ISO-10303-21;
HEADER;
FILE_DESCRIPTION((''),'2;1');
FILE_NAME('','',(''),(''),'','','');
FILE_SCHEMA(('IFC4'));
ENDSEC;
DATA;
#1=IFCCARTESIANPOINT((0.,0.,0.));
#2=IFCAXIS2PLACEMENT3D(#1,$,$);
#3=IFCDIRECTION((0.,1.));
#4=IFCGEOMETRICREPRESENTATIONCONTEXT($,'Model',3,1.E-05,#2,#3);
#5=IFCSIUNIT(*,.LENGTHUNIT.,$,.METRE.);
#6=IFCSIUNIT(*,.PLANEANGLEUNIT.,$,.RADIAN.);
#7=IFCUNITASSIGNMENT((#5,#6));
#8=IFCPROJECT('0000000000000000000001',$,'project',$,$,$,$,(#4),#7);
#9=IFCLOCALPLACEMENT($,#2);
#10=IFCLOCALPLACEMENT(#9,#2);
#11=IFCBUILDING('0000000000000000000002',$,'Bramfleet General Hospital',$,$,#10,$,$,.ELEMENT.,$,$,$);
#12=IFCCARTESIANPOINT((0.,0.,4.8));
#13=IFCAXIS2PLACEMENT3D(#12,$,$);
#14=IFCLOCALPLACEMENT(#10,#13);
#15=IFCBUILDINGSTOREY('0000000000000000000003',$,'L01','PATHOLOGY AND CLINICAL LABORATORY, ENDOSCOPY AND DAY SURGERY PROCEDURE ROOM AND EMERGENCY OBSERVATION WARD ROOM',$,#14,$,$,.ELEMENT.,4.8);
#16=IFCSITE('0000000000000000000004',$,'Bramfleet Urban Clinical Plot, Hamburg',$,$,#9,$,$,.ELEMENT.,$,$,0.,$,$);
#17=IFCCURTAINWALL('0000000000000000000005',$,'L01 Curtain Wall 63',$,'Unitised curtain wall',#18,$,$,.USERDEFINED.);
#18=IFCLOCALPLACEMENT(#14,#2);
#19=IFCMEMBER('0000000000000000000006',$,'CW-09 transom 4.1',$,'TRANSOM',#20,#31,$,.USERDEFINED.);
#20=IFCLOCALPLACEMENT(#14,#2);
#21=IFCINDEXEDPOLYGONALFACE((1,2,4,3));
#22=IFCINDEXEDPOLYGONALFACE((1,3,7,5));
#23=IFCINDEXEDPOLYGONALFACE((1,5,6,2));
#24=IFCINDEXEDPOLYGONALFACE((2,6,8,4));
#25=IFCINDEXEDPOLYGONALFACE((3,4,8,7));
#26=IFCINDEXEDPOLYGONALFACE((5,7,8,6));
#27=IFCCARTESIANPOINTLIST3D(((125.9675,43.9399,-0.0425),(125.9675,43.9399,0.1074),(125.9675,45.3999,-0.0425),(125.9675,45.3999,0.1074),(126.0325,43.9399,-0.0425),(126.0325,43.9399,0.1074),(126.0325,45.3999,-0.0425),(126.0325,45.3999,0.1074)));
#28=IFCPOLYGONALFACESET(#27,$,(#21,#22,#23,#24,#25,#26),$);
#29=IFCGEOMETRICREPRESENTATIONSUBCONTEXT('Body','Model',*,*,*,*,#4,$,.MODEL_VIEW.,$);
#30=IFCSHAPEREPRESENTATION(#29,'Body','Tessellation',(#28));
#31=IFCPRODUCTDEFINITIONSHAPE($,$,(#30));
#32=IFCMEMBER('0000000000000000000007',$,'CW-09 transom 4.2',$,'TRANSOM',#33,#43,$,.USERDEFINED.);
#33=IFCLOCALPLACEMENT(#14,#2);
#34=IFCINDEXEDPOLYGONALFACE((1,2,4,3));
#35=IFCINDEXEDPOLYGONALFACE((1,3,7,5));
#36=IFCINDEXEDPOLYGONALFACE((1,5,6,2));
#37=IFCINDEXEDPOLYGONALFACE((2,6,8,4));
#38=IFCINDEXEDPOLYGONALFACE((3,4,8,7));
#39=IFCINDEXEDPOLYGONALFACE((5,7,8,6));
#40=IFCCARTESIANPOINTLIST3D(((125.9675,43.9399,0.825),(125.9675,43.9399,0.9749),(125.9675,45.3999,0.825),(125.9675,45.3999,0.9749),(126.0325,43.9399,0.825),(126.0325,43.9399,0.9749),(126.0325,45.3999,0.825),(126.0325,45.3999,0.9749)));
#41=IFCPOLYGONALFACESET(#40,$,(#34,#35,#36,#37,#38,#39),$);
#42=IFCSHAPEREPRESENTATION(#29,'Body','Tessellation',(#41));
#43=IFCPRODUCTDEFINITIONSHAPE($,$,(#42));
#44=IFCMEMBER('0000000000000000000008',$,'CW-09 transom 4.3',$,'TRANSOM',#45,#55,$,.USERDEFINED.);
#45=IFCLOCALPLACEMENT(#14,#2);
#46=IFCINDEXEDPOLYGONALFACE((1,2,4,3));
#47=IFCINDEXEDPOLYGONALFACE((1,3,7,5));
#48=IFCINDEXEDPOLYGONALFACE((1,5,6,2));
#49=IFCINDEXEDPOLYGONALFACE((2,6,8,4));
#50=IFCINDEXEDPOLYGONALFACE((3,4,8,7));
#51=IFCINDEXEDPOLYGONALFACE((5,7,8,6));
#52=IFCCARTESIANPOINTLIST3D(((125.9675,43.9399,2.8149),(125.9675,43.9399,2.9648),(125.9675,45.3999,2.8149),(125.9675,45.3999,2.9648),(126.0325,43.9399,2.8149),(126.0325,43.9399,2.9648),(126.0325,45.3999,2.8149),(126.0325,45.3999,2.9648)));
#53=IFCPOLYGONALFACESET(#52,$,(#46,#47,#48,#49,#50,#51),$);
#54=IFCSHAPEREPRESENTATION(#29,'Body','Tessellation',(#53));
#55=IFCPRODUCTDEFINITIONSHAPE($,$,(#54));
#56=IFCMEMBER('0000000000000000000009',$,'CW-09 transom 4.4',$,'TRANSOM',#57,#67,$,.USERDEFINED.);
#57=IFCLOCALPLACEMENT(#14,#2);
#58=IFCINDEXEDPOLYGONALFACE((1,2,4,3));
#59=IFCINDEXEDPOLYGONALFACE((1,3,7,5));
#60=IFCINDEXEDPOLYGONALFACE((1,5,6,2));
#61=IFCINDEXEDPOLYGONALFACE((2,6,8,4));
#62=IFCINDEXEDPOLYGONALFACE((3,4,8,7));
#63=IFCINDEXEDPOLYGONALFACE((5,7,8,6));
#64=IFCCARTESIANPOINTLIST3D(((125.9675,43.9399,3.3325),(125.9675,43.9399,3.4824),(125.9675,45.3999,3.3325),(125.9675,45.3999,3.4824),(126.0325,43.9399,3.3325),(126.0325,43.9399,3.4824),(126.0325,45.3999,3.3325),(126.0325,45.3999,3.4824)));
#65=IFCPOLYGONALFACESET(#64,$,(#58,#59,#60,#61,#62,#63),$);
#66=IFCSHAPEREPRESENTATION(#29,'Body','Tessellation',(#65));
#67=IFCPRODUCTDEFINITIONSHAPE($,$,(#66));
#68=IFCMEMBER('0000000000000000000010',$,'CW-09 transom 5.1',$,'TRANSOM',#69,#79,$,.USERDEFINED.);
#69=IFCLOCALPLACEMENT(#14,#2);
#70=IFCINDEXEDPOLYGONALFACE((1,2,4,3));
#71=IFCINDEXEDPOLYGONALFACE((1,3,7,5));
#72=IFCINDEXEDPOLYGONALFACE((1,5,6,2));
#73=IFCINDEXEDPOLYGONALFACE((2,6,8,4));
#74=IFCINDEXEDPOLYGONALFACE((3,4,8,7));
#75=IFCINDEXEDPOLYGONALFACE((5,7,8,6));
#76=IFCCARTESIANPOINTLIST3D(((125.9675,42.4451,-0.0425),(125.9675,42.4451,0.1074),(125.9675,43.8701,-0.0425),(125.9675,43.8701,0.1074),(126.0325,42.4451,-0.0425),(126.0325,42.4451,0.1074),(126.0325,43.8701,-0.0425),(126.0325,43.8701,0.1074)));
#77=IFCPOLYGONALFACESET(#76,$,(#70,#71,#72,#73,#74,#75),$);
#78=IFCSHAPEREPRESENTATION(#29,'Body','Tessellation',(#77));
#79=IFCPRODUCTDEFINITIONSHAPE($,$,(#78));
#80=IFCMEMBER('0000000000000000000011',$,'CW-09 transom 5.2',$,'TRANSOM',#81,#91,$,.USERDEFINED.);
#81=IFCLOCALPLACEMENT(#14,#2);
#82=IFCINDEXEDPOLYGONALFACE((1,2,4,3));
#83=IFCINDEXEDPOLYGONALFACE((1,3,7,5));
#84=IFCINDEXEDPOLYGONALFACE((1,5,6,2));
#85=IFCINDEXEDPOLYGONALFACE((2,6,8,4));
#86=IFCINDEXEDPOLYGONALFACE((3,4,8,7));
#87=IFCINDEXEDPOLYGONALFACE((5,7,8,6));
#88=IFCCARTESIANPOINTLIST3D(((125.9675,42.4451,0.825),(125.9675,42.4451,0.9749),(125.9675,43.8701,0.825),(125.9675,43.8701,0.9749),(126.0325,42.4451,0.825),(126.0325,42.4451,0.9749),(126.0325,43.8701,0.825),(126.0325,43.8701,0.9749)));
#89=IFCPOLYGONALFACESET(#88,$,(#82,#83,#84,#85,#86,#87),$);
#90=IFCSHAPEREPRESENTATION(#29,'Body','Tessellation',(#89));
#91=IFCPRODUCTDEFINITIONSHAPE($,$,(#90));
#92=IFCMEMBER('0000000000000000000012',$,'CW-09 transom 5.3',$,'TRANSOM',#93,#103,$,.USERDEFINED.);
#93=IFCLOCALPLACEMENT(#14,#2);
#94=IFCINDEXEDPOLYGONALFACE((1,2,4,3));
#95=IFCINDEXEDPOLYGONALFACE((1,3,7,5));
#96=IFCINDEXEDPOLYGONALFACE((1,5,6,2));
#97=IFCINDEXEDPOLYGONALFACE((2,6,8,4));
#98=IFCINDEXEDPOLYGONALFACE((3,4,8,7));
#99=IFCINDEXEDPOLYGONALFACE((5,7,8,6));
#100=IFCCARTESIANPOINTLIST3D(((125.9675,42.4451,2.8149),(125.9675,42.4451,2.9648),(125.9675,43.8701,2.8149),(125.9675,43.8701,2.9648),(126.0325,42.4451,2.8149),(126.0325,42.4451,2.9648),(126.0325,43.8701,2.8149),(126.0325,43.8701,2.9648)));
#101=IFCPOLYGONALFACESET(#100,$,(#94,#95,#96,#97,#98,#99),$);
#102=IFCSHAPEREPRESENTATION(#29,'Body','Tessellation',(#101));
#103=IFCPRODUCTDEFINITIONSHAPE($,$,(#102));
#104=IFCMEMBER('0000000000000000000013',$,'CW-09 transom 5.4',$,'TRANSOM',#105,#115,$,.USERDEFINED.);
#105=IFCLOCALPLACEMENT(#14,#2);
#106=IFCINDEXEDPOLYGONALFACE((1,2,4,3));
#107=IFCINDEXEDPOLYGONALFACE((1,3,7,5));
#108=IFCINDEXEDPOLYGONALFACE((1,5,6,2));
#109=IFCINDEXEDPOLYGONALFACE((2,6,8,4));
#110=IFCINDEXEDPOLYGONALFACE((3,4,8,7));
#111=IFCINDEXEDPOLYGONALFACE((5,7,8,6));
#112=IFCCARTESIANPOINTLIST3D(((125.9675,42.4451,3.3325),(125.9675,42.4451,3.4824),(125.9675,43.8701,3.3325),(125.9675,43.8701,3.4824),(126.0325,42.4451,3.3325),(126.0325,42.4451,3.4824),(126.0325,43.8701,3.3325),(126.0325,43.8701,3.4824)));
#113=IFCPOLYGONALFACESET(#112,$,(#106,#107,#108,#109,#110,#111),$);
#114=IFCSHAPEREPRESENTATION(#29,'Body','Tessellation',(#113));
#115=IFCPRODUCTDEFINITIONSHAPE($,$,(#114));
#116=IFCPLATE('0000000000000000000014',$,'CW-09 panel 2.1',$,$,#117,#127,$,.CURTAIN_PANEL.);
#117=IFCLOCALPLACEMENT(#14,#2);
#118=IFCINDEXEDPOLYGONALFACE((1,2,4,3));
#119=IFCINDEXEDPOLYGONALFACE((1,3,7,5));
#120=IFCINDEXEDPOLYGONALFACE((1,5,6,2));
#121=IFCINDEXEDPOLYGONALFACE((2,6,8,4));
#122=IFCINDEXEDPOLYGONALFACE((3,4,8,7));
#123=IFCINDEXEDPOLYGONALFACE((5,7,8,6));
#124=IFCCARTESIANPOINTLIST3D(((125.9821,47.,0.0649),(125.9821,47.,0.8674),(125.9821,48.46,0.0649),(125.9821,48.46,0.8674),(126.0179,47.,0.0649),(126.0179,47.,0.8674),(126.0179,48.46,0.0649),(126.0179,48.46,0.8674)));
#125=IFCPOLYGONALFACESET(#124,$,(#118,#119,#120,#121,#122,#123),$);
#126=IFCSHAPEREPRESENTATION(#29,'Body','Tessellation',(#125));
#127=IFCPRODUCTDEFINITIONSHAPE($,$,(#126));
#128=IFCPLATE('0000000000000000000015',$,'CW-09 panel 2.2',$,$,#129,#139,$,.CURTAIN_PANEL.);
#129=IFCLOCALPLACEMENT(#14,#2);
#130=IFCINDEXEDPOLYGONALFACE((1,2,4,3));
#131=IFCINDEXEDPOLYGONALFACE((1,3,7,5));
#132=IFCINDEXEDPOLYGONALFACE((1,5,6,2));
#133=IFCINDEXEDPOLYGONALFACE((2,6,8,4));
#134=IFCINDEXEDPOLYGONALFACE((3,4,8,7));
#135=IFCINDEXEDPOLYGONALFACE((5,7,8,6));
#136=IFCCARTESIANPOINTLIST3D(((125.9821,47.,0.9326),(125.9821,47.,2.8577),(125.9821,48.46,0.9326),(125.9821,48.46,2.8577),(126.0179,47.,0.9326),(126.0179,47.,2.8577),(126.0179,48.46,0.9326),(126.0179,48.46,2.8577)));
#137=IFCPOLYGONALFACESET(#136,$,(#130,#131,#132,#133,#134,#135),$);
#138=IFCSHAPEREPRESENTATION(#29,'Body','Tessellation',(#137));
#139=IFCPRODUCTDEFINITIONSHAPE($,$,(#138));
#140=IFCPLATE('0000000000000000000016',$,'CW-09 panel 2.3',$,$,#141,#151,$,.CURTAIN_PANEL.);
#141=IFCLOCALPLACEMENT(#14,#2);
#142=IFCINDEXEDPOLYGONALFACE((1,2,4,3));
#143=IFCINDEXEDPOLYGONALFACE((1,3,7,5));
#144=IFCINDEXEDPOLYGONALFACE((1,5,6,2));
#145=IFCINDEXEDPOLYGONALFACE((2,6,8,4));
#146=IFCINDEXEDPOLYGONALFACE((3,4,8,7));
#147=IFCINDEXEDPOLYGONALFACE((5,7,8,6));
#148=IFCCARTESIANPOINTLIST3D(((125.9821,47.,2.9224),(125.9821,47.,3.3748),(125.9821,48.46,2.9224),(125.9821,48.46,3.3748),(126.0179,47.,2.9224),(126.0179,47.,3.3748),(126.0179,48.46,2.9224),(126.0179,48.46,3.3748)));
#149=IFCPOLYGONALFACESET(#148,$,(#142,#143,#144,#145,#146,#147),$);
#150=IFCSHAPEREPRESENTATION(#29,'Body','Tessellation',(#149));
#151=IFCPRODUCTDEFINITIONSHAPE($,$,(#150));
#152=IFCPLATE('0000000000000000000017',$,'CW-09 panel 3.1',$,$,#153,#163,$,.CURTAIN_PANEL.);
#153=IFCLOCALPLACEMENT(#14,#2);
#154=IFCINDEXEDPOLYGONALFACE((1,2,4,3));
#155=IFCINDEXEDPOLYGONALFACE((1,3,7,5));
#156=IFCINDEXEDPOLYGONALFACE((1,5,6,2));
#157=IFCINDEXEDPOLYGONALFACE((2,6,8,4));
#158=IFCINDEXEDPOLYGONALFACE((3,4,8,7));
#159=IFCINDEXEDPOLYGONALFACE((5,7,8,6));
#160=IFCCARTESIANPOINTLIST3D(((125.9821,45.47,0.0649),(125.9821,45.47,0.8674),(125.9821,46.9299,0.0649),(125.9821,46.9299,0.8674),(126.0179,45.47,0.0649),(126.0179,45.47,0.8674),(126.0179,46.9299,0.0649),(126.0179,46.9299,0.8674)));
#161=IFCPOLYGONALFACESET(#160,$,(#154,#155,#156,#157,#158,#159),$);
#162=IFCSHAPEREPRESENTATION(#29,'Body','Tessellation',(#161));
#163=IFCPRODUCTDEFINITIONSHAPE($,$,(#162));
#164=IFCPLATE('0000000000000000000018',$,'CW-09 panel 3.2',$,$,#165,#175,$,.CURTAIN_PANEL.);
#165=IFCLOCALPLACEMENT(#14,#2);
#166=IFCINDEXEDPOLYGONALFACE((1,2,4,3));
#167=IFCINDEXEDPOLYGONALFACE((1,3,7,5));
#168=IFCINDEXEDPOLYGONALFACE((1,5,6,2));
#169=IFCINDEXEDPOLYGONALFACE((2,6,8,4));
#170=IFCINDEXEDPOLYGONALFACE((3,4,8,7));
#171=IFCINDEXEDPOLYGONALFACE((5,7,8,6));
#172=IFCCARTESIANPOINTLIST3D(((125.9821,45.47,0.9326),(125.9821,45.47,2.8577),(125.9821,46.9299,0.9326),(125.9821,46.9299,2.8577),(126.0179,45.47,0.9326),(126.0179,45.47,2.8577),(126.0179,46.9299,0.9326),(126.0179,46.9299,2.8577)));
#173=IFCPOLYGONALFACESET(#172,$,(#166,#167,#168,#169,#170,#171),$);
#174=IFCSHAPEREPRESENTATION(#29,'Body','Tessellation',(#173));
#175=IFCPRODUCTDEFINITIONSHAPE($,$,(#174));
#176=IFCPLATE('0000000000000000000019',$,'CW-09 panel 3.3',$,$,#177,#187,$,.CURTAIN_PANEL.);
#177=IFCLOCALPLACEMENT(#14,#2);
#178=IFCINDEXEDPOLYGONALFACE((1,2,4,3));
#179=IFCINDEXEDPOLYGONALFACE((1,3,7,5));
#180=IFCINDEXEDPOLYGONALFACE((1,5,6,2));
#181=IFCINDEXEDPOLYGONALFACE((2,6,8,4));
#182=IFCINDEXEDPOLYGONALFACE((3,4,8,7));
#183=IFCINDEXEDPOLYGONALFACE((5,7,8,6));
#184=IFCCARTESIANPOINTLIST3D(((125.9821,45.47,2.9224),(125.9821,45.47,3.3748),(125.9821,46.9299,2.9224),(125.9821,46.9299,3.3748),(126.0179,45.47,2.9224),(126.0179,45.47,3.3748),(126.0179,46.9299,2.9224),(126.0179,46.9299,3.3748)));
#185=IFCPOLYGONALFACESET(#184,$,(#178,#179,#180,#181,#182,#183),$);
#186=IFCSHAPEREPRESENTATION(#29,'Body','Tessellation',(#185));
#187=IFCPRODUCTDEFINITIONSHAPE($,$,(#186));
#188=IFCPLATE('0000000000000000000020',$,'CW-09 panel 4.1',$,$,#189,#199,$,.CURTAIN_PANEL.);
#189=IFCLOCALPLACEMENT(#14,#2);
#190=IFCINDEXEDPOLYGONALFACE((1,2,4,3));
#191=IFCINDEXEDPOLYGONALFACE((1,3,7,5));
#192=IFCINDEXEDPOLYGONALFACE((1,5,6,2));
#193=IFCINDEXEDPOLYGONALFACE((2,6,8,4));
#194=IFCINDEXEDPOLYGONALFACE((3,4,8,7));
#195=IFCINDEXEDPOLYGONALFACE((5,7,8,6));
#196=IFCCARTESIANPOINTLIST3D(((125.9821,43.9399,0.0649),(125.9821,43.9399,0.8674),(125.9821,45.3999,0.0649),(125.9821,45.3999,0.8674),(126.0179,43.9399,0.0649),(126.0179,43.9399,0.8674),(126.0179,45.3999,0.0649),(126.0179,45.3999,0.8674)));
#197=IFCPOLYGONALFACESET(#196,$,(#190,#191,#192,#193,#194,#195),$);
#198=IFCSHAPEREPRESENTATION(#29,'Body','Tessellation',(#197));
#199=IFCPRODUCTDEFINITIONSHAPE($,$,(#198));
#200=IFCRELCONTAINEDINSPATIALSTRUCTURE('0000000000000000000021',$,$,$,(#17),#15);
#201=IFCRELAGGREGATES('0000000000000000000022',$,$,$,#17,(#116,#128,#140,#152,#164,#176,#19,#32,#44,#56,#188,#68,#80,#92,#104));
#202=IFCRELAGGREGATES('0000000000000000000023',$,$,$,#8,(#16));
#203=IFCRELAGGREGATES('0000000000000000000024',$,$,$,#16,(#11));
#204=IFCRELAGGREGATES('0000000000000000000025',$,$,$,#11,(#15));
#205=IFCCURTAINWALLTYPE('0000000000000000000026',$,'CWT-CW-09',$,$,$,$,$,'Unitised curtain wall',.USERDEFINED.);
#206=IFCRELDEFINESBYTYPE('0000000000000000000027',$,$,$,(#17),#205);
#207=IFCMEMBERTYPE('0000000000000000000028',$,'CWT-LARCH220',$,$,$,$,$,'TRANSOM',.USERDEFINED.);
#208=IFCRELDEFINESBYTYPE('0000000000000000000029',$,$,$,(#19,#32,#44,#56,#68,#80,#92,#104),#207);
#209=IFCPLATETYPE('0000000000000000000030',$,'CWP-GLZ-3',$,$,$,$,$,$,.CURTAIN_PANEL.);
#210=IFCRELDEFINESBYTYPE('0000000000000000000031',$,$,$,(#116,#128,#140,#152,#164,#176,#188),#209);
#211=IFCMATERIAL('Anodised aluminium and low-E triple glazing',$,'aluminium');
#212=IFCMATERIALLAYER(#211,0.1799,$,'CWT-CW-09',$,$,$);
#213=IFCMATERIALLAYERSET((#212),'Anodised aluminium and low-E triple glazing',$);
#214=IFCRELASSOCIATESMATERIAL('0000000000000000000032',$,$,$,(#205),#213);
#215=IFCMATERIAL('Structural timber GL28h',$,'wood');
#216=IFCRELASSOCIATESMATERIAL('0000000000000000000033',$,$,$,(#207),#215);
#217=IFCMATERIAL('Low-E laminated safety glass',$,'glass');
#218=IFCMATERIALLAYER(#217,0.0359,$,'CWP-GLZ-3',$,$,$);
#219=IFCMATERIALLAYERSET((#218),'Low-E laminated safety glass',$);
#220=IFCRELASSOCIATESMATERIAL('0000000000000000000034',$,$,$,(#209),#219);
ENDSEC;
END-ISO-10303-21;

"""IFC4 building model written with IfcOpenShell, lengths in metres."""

from ifc_helpers import new_model, si_unit, direction, frame, origin, origin_2d, place, context, subcontext, project, spatial, rectangle, extrude, material, layer, layer_set, material_profile, profile_set, type_object, element, aggregate, save


model = new_model("IFC4")

# Units and contexts
model_context = context("Model", 3, precision=1e-05, world=origin(), true_north=direction((0.0, 1.0)))
body_context = subcontext(model_context, "Body", "Model", "MODEL_VIEW")
ifc_project = project(units=[si_unit("LENGTHUNIT", "METRE"), si_unit("PLANEANGLEUNIT", "RADIAN")], contexts=[model_context])

# Site, building, storey
site_placement = place(None, origin())
site = spatial("IfcSite", under=ifc_project, at=site_placement, Name="Bramfleet Urban Clinical Plot, Hamburg", CompositionType="ELEMENT", RefElevation=0.0)
building_placement = place(site_placement, origin())
building = spatial("IfcBuilding", under=site, at=building_placement, Name="Bramfleet General Hospital", CompositionType="ELEMENT")
storey_placement = place(building_placement, frame((0.0, 0.0, 4.8)))
storey = spatial("IfcBuildingStorey", under=building, at=storey_placement, Name="L01", Description="PATHOLOGY AND CLINICAL LABORATORY, ENDOSCOPY AND DAY SURGERY PROCEDURE ROOM AND EMERGENCY OBSERVATION WARD ROOM", CompositionType="ELEMENT", Elevation=4.8)

# Curtain wall, members, plates
ifc_material_1 = material(Name="Anodised aluminium and low-E triple glazing", Category="aluminium")
ifc_layer_1 = layer(ifc_material_1, 0.1799, Name="CWT-CW-09")
ifc_layer_set_1 = layer_set([ifc_layer_1], Name="Anodised aluminium and low-E triple glazing")
curtain_wall_type = type_object("IfcCurtainWallType", Name="CWT-CW-09", ElementType="Unitised curtain wall", PredefinedType="USERDEFINED", material=ifc_layer_set_1)
curtain_wall_placement = place(storey_placement, origin())
curtain_wall = element("IfcCurtainWall", 1, at=curtain_wall_placement, inside=storey, type_object=curtain_wall_type, Name="L01 Curtain Wall 63", ObjectType="Unitised curtain wall", PredefinedType="USERDEFINED")
ifc_material_2 = material(Name="Structural timber GL28h", Category="wood")
ifc_material_profile_1 = material_profile(ifc_material_2, rectangle(XDim=0.0649, YDim=0.1499, at=origin_2d()), Name="LARCH 150x65")
ifc_profile_set_1 = profile_set([ifc_material_profile_1], Name="Structural timber GL28h")
member_type_1 = type_object("IfcMemberType", Name="CWT-LARCH220", ElementType="TRANSOM", PredefinedType="USERDEFINED", material=ifc_profile_set_1)
member_1_placement = place(storey_placement, frame((126.0, 45.3999, 0.0325), z_axis=(0.0, -1.0, 0.0), x_axis=(1.0, 0.0, 0.0)))
member_1 = element("IfcMember", 2, at=member_1_placement, type_object=member_type_1, Name="CW-09 transom 4.1", ObjectType="TRANSOM", PredefinedType="USERDEFINED", context=body_context, shape_type="SweptSolid", body=[
    extrude(rectangle(XDim=0.0649, YDim=0.1499, at=origin_2d()), origin(), (0.0, 0.0, 1.0), 1.46),
])
member_2_placement = place(storey_placement, frame((126.0, 45.3999, 0.8999), z_axis=(0.0, -1.0, 0.0), x_axis=(1.0, 0.0, 0.0)))
member_2 = element("IfcMember", 3, at=member_2_placement, type_object=member_type_1, Name="CW-09 transom 4.2", ObjectType="TRANSOM", PredefinedType="USERDEFINED", context=body_context, shape_type="SweptSolid", body=[
    extrude(rectangle(XDim=0.0649, YDim=0.1499, at=origin_2d()), origin(), (0.0, 0.0, 1.0), 1.46),
])
member_3_placement = place(storey_placement, frame((126.0, 45.3999, 2.8899), z_axis=(0.0, -1.0, 0.0), x_axis=(1.0, 0.0, 0.0)))
member_3 = element("IfcMember", 4, at=member_3_placement, type_object=member_type_1, Name="CW-09 transom 4.3", ObjectType="TRANSOM", PredefinedType="USERDEFINED", context=body_context, shape_type="SweptSolid", body=[
    extrude(rectangle(XDim=0.0649, YDim=0.1499, at=origin_2d()), origin(), (0.0, 0.0, 1.0), 1.46),
])
member_4_placement = place(storey_placement, frame((126.0, 45.3999, 3.4075), z_axis=(0.0, -1.0, 0.0), x_axis=(1.0, 0.0, 0.0)))
member_4 = element("IfcMember", 5, at=member_4_placement, type_object=member_type_1, Name="CW-09 transom 4.4", ObjectType="TRANSOM", PredefinedType="USERDEFINED", context=body_context, shape_type="SweptSolid", body=[
    extrude(rectangle(XDim=0.0649, YDim=0.1499, at=origin_2d()), origin(), (0.0, 0.0, 1.0), 1.46),
])
member_5_placement = place(storey_placement, frame((126.0, 43.8701, 0.0325), z_axis=(0.0, -1.0, 0.0), x_axis=(1.0, 0.0, 0.0)))
member_5 = element("IfcMember", 6, at=member_5_placement, type_object=member_type_1, Name="CW-09 transom 5.1", ObjectType="TRANSOM", PredefinedType="USERDEFINED", context=body_context, shape_type="SweptSolid", body=[
    extrude(rectangle(XDim=0.0649, YDim=0.1499, at=origin_2d()), origin(), (0.0, 0.0, 1.0), 1.425),
])
member_6_placement = place(storey_placement, frame((126.0, 43.8701, 0.8999), z_axis=(0.0, -1.0, 0.0), x_axis=(1.0, 0.0, 0.0)))
member_6 = element("IfcMember", 7, at=member_6_placement, type_object=member_type_1, Name="CW-09 transom 5.2", ObjectType="TRANSOM", PredefinedType="USERDEFINED", context=body_context, shape_type="SweptSolid", body=[
    extrude(rectangle(XDim=0.0649, YDim=0.1499, at=origin_2d()), origin(), (0.0, 0.0, 1.0), 1.425),
])
member_7_placement = place(storey_placement, frame((126.0, 43.8701, 2.8899), z_axis=(0.0, -1.0, 0.0), x_axis=(1.0, 0.0, 0.0)))
member_7 = element("IfcMember", 8, at=member_7_placement, type_object=member_type_1, Name="CW-09 transom 5.3", ObjectType="TRANSOM", PredefinedType="USERDEFINED", context=body_context, shape_type="SweptSolid", body=[
    extrude(rectangle(XDim=0.0649, YDim=0.1499, at=origin_2d()), origin(), (0.0, 0.0, 1.0), 1.425),
])
member_8_placement = place(storey_placement, frame((126.0, 43.8701, 3.4075), z_axis=(0.0, -1.0, 0.0), x_axis=(1.0, 0.0, 0.0)))
member_8 = element("IfcMember", 9, at=member_8_placement, type_object=member_type_1, Name="CW-09 transom 5.4", ObjectType="TRANSOM", PredefinedType="USERDEFINED", context=body_context, shape_type="SweptSolid", body=[
    extrude(rectangle(XDim=0.0649, YDim=0.1499, at=origin_2d()), origin(), (0.0, 0.0, 1.0), 1.425),
])
ifc_material_3 = material(Name="Low-E laminated safety glass", Category="glass")
ifc_layer_2 = layer(ifc_material_3, 0.0359, Name="CWP-GLZ-3")
ifc_layer_set_2 = layer_set([ifc_layer_2], Name="Low-E laminated safety glass")
plate_type = type_object("IfcPlateType", Name="CWP-GLZ-3", PredefinedType="CURTAIN_PANEL", material=ifc_layer_set_2)
plate_1_placement = place(storey_placement, frame((126.0, 47.73, 0.0649), z_axis=(0.0, 0.0, 1.0), x_axis=(0.0, -1.0, 0.0)))
plate_1 = element("IfcPlate", 10, at=plate_1_placement, type_object=plate_type, Name="CW-09 panel 2.1", PredefinedType="CURTAIN_PANEL", context=body_context, shape_type="SweptSolid", body=[
    extrude(rectangle(XDim=1.46, YDim=0.0359, at=origin_2d()), origin(), (0.0, 0.0, 1.0), 0.8025),
])
plate_2_placement = place(storey_placement, frame((126.0, 47.73, 0.9326), z_axis=(0.0, 0.0, 1.0), x_axis=(0.0, -1.0, 0.0)))
plate_2 = element("IfcPlate", 11, at=plate_2_placement, type_object=plate_type, Name="CW-09 panel 2.2", PredefinedType="CURTAIN_PANEL", context=body_context, shape_type="SweptSolid", body=[
    extrude(rectangle(XDim=1.46, YDim=0.0359, at=origin_2d()), origin(), (0.0, 0.0, 1.0), 1.925),
])
plate_3_placement = place(storey_placement, frame((126.0, 47.73, 2.9224), z_axis=(0.0, 0.0, 1.0), x_axis=(0.0, -1.0, 0.0)))
plate_3 = element("IfcPlate", 12, at=plate_3_placement, type_object=plate_type, Name="CW-09 panel 2.3", PredefinedType="CURTAIN_PANEL", context=body_context, shape_type="SweptSolid", body=[
    extrude(rectangle(XDim=1.46, YDim=0.0359, at=origin_2d()), origin(), (0.0, 0.0, 1.0), 0.4524),
])
plate_4_placement = place(storey_placement, frame((126.0, 46.2, 0.0649), z_axis=(0.0, 0.0, 1.0), x_axis=(0.0, -1.0, 0.0)))
plate_4 = element("IfcPlate", 13, at=plate_4_placement, type_object=plate_type, Name="CW-09 panel 3.1", PredefinedType="CURTAIN_PANEL", context=body_context, shape_type="SweptSolid", body=[
    extrude(rectangle(XDim=1.46, YDim=0.0359, at=origin_2d()), origin(), (0.0, 0.0, 1.0), 0.8025),
])
plate_5_placement = place(storey_placement, frame((126.0, 46.2, 0.9326), z_axis=(0.0, 0.0, 1.0), x_axis=(0.0, -1.0, 0.0)))
plate_5 = element("IfcPlate", 14, at=plate_5_placement, type_object=plate_type, Name="CW-09 panel 3.2", PredefinedType="CURTAIN_PANEL", context=body_context, shape_type="SweptSolid", body=[
    extrude(rectangle(XDim=1.46, YDim=0.0359, at=origin_2d()), origin(), (0.0, 0.0, 1.0), 1.925),
])
plate_6_placement = place(storey_placement, frame((126.0, 46.2, 2.9224), z_axis=(0.0, 0.0, 1.0), x_axis=(0.0, -1.0, 0.0)))
plate_6 = element("IfcPlate", 15, at=plate_6_placement, type_object=plate_type, Name="CW-09 panel 3.3", PredefinedType="CURTAIN_PANEL", context=body_context, shape_type="SweptSolid", body=[
    extrude(rectangle(XDim=1.46, YDim=0.0359, at=origin_2d()), origin(), (0.0, 0.0, 1.0), 0.4524),
])
plate_7_placement = place(storey_placement, frame((126.0, 44.6699, 0.0649), z_axis=(0.0, 0.0, 1.0), x_axis=(0.0, -1.0, 0.0)))
plate_7 = element("IfcPlate", 16, at=plate_7_placement, type_object=plate_type, Name="CW-09 panel 4.1", PredefinedType="CURTAIN_PANEL", context=body_context, shape_type="SweptSolid", body=[
    extrude(rectangle(XDim=1.46, YDim=0.0359, at=origin_2d()), origin(), (0.0, 0.0, 1.0), 0.8025),
])
aggregate(curtain_wall, [plate_1, plate_2, plate_3, plate_4, plate_5, plate_6, member_1, member_2, member_3, member_4, plate_7, member_5, member_6, member_7, member_8])

save(model, "model.ifc")
